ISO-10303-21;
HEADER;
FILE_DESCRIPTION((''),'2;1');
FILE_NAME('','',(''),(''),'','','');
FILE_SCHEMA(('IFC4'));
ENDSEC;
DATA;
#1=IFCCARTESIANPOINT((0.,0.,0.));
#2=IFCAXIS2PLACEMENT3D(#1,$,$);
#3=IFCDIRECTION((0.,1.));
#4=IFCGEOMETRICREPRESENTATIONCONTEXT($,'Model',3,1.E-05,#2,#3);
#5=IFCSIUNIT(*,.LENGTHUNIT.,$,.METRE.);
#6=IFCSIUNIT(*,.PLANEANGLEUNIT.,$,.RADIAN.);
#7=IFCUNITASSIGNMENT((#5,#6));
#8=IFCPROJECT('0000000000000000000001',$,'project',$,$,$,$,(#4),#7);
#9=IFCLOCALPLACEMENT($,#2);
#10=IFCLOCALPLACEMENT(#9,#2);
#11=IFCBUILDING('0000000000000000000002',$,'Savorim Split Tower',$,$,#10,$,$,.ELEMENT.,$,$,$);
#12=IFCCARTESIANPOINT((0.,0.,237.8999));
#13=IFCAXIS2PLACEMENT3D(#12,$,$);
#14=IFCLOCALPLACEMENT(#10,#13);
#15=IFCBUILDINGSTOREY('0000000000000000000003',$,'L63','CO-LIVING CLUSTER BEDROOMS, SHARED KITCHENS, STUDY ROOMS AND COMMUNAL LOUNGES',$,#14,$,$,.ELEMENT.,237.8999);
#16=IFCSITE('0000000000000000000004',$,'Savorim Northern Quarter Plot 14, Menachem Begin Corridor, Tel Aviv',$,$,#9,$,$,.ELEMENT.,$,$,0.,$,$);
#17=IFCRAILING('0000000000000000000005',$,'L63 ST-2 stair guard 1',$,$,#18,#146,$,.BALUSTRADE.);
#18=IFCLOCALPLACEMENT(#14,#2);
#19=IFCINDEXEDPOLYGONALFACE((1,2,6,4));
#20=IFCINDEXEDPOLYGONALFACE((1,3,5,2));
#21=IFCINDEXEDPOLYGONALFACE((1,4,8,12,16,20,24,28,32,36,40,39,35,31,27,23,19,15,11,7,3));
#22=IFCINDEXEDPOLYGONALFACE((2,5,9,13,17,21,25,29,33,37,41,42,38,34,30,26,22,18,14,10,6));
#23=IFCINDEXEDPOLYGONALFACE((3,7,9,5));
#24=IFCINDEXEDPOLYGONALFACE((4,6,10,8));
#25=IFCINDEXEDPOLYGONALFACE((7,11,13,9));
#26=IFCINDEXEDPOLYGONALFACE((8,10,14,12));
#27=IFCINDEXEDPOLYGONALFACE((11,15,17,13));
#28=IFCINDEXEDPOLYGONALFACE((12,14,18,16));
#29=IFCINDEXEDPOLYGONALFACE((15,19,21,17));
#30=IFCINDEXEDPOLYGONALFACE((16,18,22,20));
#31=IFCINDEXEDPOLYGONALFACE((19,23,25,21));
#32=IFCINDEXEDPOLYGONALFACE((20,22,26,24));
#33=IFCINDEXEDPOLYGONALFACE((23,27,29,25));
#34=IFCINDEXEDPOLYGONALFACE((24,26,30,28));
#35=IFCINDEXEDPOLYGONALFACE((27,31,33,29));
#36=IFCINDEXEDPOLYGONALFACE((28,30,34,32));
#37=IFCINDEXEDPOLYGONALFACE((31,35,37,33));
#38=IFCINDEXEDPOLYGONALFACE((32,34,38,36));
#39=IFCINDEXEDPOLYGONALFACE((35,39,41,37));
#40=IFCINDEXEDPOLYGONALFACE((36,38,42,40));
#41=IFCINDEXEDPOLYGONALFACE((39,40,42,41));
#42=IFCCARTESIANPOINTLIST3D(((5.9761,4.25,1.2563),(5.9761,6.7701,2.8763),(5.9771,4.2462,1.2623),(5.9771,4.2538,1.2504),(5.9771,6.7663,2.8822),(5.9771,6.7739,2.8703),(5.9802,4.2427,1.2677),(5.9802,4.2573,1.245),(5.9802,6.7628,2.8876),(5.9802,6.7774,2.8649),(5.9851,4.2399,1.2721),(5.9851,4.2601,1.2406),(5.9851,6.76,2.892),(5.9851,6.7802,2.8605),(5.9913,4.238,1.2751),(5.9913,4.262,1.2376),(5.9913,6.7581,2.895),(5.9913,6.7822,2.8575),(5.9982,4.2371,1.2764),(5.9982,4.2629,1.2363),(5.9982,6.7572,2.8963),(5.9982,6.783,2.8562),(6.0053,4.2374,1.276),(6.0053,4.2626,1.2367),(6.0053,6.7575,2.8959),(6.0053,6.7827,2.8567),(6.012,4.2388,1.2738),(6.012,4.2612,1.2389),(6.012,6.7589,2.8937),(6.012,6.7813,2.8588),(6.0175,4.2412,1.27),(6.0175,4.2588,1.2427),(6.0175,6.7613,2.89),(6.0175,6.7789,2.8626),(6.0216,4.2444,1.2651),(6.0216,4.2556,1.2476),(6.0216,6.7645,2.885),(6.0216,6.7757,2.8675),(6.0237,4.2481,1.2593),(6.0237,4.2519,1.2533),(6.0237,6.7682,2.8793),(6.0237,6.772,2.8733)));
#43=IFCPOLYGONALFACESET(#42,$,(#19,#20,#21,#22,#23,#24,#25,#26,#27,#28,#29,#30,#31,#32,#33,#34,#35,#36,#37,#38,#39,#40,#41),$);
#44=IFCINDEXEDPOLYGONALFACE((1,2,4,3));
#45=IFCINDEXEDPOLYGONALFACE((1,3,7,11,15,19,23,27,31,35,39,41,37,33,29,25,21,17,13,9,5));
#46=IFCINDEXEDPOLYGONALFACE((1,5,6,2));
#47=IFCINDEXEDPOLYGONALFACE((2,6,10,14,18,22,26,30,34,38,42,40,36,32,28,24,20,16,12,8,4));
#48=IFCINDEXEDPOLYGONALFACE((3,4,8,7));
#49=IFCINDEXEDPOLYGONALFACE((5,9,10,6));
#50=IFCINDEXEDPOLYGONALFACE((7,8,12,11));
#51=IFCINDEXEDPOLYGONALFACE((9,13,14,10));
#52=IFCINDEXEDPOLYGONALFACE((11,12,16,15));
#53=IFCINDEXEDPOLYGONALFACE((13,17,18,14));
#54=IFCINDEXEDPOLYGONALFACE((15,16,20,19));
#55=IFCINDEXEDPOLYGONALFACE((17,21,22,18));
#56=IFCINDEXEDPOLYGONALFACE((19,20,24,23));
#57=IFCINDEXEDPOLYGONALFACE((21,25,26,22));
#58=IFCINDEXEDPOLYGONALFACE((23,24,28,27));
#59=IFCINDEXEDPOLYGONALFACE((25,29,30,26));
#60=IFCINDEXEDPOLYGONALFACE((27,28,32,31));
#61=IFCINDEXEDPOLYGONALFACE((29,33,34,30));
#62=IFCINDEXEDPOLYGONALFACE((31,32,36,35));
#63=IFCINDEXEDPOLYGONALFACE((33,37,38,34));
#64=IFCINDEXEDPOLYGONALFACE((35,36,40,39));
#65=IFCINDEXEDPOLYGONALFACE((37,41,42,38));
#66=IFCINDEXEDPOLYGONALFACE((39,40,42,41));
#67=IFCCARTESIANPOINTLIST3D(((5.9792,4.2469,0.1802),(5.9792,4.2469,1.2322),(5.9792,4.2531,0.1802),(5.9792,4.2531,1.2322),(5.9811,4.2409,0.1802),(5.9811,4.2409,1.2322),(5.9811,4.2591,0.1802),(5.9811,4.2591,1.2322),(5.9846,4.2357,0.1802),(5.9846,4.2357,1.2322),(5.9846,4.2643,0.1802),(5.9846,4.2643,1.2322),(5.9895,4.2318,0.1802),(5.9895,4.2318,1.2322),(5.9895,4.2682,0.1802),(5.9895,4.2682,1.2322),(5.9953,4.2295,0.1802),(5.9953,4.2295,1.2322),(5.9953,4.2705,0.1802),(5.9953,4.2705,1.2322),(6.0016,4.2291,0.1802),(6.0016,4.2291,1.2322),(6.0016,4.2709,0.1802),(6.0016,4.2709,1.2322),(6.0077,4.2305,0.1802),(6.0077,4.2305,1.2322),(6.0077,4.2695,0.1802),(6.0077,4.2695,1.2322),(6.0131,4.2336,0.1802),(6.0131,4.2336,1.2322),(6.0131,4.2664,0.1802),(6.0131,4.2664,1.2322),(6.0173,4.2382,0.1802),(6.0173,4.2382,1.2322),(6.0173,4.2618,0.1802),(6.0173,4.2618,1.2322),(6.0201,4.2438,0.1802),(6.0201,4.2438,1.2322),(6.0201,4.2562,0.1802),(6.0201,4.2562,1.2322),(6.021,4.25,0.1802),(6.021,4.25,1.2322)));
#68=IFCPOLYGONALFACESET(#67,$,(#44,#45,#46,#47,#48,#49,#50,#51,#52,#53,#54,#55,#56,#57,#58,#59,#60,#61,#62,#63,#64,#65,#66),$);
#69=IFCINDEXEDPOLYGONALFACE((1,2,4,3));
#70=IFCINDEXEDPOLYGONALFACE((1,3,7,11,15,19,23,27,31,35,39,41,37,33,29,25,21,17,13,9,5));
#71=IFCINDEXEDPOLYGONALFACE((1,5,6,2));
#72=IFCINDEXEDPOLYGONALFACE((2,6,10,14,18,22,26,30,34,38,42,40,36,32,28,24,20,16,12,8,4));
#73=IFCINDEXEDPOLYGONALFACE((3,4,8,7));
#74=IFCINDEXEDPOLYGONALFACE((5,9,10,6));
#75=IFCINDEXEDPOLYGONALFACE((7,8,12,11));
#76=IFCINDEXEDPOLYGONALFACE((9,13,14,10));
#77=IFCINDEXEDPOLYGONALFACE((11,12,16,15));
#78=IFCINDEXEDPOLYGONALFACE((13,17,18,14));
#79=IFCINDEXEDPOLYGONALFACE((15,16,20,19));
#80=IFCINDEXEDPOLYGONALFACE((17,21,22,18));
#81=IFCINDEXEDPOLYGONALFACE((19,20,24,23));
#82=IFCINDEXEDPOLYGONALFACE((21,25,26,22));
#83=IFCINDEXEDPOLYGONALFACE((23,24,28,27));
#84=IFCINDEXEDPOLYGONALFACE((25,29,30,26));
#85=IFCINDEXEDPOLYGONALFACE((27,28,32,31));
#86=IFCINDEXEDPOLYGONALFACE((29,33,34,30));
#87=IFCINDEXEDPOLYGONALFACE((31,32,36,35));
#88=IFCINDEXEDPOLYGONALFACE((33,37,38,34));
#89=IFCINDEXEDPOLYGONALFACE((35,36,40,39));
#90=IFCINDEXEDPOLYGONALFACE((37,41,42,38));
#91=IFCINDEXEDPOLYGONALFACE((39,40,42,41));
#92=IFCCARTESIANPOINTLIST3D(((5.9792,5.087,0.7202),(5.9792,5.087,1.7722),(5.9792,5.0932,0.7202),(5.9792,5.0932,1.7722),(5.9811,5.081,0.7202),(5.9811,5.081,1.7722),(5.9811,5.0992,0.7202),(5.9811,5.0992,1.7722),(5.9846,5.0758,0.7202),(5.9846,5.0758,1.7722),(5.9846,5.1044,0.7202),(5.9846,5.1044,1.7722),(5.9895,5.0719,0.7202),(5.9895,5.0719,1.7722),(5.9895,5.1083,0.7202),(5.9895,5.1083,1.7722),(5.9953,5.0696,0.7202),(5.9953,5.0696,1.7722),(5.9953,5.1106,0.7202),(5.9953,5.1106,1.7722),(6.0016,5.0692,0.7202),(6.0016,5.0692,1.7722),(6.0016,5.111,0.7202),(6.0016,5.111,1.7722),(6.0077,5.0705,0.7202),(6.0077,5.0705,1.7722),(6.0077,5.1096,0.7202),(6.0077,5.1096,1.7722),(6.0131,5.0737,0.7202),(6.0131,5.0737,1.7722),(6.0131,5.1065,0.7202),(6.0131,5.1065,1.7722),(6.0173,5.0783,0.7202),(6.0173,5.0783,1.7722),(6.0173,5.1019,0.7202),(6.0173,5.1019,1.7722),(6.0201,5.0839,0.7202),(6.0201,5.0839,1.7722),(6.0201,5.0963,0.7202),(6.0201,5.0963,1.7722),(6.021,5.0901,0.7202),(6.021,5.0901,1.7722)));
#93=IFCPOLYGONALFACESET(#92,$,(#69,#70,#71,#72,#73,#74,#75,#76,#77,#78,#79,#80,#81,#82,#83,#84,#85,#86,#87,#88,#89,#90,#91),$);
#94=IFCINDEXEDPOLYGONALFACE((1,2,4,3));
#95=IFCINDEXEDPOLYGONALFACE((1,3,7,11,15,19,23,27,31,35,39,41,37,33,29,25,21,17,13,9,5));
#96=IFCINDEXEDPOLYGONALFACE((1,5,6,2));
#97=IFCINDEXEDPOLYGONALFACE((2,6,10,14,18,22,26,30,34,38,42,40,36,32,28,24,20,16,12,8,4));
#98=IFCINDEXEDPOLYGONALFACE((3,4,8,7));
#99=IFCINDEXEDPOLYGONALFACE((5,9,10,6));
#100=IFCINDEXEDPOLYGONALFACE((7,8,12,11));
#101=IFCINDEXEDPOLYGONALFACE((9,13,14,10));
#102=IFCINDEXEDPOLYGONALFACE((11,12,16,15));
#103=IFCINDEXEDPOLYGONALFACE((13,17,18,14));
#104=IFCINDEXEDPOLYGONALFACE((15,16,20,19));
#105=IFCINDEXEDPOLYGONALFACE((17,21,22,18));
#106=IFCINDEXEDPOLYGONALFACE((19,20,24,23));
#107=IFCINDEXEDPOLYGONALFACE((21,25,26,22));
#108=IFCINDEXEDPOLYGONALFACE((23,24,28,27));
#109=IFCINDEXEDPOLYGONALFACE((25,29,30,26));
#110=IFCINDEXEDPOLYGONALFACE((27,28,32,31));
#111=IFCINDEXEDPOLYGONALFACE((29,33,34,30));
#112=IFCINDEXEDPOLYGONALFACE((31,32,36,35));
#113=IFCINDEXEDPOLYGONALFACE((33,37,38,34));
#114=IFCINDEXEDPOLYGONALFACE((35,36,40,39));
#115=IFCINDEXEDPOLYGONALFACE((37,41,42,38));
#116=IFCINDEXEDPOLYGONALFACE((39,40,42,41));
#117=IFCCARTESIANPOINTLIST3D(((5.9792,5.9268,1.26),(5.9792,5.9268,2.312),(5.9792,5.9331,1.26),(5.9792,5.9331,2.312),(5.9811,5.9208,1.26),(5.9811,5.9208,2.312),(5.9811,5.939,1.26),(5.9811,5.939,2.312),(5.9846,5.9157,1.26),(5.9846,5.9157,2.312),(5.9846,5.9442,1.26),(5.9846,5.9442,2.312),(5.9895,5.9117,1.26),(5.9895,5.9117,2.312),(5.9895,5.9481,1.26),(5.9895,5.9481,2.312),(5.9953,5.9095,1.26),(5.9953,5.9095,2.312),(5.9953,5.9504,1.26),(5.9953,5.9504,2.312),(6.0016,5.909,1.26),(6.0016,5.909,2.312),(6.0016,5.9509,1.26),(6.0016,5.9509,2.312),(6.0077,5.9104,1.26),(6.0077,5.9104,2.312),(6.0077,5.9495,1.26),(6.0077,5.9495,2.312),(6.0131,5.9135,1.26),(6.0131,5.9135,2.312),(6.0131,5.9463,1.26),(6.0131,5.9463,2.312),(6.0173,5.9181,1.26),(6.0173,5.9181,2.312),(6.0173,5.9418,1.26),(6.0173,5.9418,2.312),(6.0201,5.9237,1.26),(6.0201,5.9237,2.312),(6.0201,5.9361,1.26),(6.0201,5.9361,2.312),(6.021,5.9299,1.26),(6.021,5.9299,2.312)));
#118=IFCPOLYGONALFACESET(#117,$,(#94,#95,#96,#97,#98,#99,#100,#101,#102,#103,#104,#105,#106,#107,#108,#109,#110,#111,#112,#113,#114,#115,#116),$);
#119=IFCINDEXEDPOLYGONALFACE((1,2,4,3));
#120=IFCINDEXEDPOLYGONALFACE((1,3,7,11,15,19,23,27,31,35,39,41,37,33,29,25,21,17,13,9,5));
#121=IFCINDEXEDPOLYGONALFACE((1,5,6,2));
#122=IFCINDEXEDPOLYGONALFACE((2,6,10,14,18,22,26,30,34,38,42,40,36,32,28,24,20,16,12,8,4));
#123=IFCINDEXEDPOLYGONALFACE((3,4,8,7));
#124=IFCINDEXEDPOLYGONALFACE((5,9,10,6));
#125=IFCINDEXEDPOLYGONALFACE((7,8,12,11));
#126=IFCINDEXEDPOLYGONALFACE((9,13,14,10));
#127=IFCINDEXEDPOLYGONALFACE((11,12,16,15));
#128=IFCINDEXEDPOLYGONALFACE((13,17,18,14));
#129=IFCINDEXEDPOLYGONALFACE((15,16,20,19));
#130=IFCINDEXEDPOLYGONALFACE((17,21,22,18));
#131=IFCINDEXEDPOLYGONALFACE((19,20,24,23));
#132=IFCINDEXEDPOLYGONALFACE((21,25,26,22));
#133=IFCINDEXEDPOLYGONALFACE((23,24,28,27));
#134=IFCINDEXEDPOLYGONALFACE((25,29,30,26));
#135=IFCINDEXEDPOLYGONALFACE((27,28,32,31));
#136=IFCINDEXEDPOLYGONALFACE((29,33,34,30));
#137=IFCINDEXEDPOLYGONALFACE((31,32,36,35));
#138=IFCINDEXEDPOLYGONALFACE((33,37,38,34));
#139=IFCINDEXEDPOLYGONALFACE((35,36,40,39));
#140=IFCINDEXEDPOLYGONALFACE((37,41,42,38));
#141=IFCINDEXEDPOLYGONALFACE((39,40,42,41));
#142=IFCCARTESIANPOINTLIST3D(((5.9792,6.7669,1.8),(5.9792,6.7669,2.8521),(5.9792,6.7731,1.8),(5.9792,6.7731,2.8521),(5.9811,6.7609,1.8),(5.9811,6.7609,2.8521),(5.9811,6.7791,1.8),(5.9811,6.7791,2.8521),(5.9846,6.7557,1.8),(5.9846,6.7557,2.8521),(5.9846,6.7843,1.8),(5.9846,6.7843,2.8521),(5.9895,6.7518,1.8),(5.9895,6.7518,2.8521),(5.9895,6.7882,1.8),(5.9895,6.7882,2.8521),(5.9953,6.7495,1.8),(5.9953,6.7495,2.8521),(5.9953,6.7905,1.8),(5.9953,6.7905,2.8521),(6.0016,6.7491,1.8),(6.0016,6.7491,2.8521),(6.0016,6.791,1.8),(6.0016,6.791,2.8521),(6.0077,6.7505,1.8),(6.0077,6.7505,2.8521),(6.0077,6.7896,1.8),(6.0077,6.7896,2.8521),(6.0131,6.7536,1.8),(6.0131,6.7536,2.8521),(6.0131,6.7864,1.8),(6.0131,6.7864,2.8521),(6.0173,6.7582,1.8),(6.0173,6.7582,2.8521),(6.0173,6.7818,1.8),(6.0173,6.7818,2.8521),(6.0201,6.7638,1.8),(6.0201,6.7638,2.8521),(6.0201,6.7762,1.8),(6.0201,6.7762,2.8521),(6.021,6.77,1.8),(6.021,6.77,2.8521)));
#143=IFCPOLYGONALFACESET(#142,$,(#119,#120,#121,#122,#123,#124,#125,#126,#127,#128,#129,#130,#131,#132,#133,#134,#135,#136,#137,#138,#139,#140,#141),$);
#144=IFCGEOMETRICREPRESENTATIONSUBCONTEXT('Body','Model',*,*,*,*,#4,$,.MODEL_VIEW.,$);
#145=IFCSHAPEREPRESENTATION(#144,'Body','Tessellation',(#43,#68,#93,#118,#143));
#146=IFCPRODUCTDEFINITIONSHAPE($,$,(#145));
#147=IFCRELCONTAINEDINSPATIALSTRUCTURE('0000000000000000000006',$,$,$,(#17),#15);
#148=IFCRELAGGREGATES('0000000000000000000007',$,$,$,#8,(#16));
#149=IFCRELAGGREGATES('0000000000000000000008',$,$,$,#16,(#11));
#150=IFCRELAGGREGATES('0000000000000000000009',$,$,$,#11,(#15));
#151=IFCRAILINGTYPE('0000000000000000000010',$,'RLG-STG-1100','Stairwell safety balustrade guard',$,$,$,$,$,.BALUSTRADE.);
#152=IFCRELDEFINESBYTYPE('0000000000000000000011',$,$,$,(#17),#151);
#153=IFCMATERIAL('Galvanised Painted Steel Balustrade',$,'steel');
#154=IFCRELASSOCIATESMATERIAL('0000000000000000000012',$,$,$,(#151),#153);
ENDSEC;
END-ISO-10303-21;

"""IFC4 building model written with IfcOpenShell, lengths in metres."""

from ifc_helpers import new_model, si_unit, direction, frame, origin, origin_2d, place, context, subcontext, project, spatial, circle, extrude, material, type_object, element, save


model = new_model("IFC4")

# Units and contexts
model_context = context("Model", 3, precision=1e-05, world=origin(), true_north=direction((0.0, 1.0)))
body_context = subcontext(model_context, "Body", "Model", "MODEL_VIEW")
ifc_project = project(units=[si_unit("LENGTHUNIT", "METRE"), si_unit("PLANEANGLEUNIT", "RADIAN")], contexts=[model_context])

# Site, building, storey
site_placement = place(None, origin())
site = spatial("IfcSite", under=ifc_project, at=site_placement, Name="Savorim Northern Quarter Plot 14, Menachem Begin Corridor, Tel Aviv", CompositionType="ELEMENT", RefElevation=0.0)
building_placement = place(site_placement, origin())
building = spatial("IfcBuilding", under=site, at=building_placement, Name="Savorim Split Tower", CompositionType="ELEMENT")
storey_placement = place(building_placement, frame((0.0, 0.0, 237.8999)))
storey = spatial("IfcBuildingStorey", under=building, at=storey_placement, Name="L63", Description="CO-LIVING CLUSTER BEDROOMS, SHARED KITCHENS, STUDY ROOMS AND COMMUNAL LOUNGES", CompositionType="ELEMENT", Elevation=237.8999)

# Railing
ifc_material_1 = material(Name="Galvanised Painted Steel Balustrade", Category="steel")
railing_type_1 = type_object("IfcRailingType", Name="RLG-STG-1100", Description="Stairwell safety balustrade guard", PredefinedType="BALUSTRADE", material=ifc_material_1)
railing_1_placement = place(storey_placement, frame((6.0, 4.25, 0.1802)))
element("IfcRailing", 1, at=railing_1_placement, inside=storey, type_object=railing_type_1, Name="L63 ST-2 stair guard 1", PredefinedType="BALUSTRADE", context=body_context, shape_type="SweptSolid", body=[
    extrude(circle(Radius=0.0239, at=origin_2d()), frame((0.0, 0.0, 1.0762), z_axis=(0.0, 0.8412, 0.540725), x_axis=(-1.0, 0.0, 0.0)), (0.0, 0.0, 1.0), 2.9958),
    extrude(circle(Radius=0.021, at=origin_2d()), origin(), (0.0, 0.0, 1.0), 1.052),
    extrude(circle(Radius=0.021, at=origin_2d()), frame((0.0, 0.8401, 0.54)), (0.0, 0.0, 1.0), 1.052),
    extrude(circle(Radius=0.021, at=origin_2d()), frame((0.0, 1.6799, 1.0798)), (0.0, 0.0, 1.0), 1.052),
    extrude(circle(Radius=0.021, at=origin_2d()), frame((0.0, 2.52, 1.6199)), (0.0, 0.0, 1.0), 1.052),
])

save(model, "model.ifc")
